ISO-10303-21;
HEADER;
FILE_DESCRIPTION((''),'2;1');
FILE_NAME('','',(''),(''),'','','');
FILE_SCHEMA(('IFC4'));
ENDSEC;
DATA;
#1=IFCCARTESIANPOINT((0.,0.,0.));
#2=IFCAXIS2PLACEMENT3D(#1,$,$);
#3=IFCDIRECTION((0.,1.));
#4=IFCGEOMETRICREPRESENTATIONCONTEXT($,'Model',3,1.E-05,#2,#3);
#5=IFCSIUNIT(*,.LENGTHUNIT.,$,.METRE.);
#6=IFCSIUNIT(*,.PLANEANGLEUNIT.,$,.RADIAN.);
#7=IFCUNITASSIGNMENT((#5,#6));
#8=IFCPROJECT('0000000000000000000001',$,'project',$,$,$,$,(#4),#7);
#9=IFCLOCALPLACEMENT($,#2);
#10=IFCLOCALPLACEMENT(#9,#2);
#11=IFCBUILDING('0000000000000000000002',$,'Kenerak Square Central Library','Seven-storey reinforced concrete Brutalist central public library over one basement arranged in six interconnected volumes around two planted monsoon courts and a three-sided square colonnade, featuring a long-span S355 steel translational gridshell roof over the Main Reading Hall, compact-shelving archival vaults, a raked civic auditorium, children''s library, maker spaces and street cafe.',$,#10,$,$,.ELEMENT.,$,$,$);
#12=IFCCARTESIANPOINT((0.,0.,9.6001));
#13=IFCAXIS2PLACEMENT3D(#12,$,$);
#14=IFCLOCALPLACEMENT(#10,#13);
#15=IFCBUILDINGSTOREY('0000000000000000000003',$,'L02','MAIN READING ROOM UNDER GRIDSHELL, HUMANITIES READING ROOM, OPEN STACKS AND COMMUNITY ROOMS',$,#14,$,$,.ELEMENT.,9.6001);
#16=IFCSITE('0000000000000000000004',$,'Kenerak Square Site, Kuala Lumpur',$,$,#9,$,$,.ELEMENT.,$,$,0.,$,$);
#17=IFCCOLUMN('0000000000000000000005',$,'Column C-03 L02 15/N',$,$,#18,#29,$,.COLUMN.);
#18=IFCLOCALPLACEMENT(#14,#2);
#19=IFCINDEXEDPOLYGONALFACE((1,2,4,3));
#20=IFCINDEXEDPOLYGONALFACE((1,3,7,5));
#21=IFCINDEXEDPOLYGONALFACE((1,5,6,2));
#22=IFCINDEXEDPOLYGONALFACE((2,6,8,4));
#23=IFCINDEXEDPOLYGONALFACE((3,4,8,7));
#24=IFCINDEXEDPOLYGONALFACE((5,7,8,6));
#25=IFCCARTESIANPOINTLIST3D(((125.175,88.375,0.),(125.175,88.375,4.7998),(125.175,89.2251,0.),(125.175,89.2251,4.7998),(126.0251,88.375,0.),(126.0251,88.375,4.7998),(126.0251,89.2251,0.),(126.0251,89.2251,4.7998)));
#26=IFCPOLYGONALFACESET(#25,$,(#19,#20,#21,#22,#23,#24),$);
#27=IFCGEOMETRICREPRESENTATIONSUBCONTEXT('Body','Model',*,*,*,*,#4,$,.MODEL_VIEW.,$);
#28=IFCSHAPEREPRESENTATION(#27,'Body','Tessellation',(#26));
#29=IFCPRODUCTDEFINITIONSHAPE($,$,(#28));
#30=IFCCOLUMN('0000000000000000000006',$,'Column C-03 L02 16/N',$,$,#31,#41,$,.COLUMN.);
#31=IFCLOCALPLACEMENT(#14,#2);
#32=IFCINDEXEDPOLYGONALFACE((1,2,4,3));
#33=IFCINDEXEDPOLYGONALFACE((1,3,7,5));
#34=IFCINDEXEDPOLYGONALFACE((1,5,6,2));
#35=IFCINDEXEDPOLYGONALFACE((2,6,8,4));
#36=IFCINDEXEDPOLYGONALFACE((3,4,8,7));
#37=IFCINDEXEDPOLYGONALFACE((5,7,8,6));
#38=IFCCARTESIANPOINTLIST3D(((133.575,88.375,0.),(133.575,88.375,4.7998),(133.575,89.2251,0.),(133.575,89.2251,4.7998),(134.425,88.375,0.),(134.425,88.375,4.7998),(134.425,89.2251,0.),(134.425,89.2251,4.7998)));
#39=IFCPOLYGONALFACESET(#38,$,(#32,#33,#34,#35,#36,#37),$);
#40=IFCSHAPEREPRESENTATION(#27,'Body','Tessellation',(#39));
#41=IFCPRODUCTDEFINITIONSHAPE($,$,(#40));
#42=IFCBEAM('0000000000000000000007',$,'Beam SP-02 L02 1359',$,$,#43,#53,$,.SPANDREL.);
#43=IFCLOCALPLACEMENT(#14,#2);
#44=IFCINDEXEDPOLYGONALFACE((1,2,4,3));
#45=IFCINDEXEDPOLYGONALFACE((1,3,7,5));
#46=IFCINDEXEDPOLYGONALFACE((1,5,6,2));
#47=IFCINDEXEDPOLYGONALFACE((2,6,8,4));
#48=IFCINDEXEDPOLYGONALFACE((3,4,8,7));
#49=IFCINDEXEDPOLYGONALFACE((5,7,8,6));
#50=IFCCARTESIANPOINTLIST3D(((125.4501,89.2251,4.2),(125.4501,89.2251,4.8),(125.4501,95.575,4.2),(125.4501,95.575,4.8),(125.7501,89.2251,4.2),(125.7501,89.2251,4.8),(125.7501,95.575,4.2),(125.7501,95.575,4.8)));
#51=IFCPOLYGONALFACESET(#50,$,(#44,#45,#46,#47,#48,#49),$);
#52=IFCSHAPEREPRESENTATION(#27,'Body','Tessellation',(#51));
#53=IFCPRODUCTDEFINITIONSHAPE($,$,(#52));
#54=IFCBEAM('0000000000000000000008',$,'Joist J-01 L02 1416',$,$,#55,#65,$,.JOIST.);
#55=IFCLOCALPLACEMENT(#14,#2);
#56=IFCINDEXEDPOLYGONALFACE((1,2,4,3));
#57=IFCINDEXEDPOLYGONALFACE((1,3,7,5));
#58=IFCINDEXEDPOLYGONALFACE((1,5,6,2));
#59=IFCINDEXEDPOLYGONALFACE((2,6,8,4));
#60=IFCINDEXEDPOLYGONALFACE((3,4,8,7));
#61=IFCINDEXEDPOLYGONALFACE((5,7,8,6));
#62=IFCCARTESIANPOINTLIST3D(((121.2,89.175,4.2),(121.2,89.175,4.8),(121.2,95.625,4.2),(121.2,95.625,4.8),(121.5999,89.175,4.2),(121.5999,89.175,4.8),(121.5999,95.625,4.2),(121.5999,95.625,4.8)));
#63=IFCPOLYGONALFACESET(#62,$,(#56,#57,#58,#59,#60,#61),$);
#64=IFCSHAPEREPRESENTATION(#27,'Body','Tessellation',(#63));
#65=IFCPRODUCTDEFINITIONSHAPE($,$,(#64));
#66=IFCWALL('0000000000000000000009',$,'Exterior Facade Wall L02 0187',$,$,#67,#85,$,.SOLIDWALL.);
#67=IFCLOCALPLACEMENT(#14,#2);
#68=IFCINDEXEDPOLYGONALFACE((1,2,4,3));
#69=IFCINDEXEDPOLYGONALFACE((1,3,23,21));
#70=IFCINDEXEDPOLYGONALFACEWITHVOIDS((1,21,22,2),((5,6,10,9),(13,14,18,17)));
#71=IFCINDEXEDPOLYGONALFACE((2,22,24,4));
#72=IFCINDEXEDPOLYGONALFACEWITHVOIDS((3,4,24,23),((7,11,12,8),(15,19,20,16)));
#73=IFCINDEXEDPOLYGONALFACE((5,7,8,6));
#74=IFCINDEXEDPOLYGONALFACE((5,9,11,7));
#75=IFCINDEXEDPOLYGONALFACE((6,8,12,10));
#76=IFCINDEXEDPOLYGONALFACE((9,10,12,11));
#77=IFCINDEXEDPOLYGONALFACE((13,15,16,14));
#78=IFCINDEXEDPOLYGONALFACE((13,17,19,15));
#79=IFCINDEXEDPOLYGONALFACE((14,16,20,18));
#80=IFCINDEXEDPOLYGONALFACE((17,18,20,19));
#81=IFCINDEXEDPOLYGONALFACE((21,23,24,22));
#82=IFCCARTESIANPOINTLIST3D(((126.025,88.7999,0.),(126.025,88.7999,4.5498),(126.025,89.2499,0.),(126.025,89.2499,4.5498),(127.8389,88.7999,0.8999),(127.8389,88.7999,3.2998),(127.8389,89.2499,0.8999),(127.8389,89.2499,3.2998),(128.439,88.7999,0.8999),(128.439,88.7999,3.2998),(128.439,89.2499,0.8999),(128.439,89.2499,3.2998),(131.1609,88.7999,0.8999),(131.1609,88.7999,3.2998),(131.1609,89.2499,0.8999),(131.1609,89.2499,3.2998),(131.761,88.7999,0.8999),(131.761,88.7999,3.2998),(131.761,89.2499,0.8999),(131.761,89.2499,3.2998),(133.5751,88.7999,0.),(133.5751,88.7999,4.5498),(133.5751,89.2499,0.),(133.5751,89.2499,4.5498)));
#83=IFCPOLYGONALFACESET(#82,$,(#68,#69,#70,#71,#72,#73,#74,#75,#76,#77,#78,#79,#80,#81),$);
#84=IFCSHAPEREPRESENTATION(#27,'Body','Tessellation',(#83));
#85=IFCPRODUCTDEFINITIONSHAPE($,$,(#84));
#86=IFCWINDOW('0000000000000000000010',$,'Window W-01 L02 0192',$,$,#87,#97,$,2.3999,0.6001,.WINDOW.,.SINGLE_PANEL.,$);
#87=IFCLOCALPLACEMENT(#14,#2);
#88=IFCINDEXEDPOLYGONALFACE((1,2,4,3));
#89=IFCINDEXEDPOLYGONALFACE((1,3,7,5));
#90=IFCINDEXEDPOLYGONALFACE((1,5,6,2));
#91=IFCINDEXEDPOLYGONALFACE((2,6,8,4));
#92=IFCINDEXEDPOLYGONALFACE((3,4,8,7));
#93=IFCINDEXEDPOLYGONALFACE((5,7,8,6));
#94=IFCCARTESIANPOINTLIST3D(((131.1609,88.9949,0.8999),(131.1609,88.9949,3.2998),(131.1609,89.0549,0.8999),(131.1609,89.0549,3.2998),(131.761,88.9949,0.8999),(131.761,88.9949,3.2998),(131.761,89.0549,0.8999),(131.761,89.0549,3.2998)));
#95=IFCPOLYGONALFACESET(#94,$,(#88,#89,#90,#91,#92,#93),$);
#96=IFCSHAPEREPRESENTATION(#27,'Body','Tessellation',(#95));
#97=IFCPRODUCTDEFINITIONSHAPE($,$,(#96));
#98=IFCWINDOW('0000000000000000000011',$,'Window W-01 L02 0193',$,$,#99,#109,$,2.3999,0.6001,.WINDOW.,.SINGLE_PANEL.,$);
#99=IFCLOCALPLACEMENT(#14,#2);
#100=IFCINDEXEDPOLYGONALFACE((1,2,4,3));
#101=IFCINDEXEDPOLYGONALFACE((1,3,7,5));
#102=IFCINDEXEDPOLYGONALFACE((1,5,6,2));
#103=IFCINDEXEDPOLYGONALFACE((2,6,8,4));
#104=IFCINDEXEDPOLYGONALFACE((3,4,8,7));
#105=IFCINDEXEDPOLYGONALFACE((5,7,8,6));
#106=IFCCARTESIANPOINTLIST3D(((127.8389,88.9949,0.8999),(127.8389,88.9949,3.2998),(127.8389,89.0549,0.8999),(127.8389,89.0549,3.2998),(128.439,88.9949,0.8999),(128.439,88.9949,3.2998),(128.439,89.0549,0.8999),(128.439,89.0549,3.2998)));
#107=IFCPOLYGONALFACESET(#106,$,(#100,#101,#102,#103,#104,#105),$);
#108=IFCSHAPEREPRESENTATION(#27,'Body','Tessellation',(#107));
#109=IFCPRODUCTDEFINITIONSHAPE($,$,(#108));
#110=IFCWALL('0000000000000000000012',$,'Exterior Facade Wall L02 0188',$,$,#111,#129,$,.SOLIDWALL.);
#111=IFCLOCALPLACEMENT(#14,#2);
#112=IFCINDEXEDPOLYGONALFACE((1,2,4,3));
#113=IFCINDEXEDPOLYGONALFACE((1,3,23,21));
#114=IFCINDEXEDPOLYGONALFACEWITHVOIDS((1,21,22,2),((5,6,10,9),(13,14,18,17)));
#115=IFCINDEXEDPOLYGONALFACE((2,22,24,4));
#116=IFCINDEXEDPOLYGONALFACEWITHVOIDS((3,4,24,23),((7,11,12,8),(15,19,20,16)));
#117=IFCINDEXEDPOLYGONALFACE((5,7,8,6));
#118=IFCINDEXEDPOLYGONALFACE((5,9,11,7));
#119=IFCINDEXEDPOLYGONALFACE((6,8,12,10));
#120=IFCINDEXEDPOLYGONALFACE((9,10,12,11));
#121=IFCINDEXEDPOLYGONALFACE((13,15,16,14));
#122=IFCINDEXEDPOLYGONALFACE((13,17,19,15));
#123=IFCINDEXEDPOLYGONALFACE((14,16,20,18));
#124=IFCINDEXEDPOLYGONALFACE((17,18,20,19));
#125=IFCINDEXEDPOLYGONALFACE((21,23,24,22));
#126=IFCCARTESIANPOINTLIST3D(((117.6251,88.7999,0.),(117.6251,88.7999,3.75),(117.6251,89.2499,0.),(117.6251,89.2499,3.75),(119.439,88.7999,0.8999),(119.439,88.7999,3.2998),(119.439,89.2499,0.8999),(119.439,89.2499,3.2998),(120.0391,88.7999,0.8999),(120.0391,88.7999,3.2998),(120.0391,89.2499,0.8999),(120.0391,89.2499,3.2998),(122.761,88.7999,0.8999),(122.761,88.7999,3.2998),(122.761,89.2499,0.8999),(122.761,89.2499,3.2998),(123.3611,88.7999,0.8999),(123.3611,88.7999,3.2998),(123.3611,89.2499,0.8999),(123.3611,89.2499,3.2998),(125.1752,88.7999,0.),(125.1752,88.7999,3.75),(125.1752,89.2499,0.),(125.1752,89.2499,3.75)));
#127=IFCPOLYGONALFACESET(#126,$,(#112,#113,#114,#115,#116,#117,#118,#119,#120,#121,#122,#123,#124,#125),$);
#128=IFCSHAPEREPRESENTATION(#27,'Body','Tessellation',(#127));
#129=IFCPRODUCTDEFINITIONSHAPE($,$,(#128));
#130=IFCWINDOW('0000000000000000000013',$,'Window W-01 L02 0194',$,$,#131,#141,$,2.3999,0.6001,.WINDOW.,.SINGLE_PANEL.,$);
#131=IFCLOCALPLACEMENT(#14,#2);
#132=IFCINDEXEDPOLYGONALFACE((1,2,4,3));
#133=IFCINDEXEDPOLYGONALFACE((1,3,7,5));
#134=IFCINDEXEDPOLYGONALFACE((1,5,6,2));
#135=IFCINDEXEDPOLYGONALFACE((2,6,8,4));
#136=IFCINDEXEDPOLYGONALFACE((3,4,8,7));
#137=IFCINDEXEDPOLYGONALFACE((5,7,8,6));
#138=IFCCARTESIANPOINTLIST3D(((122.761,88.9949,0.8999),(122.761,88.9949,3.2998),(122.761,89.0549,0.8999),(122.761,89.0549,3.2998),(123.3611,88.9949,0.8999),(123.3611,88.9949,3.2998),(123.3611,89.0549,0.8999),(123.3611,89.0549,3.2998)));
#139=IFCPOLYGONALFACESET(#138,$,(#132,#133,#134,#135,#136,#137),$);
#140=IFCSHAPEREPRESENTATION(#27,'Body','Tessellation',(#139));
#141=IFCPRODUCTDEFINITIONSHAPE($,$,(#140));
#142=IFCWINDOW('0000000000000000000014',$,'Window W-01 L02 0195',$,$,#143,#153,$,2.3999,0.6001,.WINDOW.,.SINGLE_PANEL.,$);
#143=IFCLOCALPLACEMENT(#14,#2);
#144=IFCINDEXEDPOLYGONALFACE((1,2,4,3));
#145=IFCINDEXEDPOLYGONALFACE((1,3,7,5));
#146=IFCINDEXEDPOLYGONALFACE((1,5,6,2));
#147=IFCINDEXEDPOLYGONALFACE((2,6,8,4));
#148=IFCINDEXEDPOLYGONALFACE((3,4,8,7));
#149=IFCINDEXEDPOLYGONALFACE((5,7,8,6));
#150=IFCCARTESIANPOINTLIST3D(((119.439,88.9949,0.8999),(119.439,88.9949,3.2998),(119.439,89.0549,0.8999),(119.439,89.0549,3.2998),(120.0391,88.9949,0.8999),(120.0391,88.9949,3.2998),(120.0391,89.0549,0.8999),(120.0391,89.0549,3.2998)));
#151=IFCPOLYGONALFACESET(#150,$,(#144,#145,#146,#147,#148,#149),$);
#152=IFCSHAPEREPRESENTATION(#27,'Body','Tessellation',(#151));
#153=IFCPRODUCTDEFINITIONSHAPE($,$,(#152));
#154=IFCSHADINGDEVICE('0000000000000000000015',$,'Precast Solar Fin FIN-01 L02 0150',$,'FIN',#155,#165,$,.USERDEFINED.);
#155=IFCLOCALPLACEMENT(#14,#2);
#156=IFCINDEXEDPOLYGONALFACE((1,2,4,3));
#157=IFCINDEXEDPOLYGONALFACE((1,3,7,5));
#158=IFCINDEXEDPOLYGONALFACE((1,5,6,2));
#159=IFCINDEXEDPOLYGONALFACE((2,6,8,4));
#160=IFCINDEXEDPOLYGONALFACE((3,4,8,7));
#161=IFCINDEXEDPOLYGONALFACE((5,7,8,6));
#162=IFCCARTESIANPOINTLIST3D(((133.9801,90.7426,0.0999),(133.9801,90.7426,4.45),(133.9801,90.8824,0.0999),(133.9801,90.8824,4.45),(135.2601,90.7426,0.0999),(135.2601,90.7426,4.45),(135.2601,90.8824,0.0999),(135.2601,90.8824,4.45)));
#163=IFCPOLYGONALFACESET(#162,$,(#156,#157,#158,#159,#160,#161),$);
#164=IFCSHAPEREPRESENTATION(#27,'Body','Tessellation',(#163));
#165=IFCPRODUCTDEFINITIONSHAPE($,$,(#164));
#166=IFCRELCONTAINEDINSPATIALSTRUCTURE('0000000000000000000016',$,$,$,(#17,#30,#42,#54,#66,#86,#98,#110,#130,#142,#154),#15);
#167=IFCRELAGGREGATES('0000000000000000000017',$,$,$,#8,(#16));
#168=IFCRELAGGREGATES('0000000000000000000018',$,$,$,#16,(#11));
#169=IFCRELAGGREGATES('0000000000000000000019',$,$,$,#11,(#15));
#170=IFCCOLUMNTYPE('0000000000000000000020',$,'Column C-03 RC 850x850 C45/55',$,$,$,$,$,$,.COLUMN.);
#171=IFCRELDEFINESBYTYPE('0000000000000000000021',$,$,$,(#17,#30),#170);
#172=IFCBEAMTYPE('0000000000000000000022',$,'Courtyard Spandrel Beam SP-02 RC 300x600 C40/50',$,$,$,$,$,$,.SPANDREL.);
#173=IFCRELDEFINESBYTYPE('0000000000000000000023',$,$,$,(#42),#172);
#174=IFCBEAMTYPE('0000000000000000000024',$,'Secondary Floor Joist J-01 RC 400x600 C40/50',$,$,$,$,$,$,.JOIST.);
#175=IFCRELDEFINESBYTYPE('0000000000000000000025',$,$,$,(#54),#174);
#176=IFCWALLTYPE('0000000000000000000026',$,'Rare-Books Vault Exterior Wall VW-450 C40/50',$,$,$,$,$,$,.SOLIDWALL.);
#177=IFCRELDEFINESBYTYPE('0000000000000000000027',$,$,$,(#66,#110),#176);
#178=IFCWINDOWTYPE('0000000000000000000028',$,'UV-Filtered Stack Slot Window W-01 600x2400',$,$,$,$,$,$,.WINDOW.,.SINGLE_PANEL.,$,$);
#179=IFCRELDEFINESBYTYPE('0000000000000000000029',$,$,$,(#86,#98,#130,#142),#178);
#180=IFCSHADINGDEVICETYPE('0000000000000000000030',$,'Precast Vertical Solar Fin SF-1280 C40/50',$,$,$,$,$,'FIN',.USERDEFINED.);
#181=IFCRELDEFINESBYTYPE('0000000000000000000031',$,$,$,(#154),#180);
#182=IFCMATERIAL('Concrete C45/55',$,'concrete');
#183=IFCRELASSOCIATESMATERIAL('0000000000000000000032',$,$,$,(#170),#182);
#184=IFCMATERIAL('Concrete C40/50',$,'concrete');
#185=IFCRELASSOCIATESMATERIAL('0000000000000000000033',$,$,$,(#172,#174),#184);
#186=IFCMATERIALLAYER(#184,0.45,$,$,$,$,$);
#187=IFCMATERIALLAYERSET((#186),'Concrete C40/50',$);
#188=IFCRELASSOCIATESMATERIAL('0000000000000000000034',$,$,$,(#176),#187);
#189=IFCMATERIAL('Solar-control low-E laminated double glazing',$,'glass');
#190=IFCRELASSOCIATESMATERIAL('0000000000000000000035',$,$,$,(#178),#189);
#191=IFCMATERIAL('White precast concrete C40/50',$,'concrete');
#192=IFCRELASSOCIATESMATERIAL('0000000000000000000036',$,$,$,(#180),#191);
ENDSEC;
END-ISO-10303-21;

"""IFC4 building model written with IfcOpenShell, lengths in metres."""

from ifc_helpers import new_model, si_unit, direction, frame, frame_2d, origin, origin_2d, place, context, subcontext, project, spatial, rectangle, extrude, material, layer, layer_set, material_profile, profile_set, type_object, element, fill, save


model = new_model("IFC4")

# Units and contexts
model_context = context("Model", 3, precision=1e-05, world=origin(), true_north=direction((0.0, 1.0)))
body_context = subcontext(model_context, "Body", "Model", "MODEL_VIEW")
ifc_project = project(units=[si_unit("LENGTHUNIT", "METRE"), si_unit("PLANEANGLEUNIT", "RADIAN")], contexts=[model_context])

# Site, building, storey
site_placement = place(None, origin())
site = spatial("IfcSite", under=ifc_project, at=site_placement, Name="Kenerak Square Site, Kuala Lumpur", CompositionType="ELEMENT", RefElevation=0.0)
building_placement = place(site_placement, origin())
building = spatial("IfcBuilding", under=site, at=building_placement, Name="Kenerak Square Central Library", Description="Seven-storey reinforced concrete Brutalist central public library over one basement arranged in six interconnected volumes around two planted monsoon courts and a three-sided square colonnade, featuring a long-span S355 steel translational gridshell roof over the Main Reading Hall, compact-shelving archival vaults, a raked civic auditorium, children's library, maker spaces and street cafe.", CompositionType="ELEMENT")
storey_placement = place(building_placement, frame((0.0, 0.0, 9.6001)))
storey = spatial("IfcBuildingStorey", under=building, at=storey_placement, Name="L02", Description="MAIN READING ROOM UNDER GRIDSHELL, HUMANITIES READING ROOM, OPEN STACKS AND COMMUNITY ROOMS", CompositionType="ELEMENT", Elevation=9.6001)

# Columns
ifc_material_1 = material(Name="Concrete C45/55", Category="concrete")
ifc_material_profile_1 = material_profile(ifc_material_1, rectangle(XDim=0.8501, YDim=0.8501, at=origin_2d()), Name="RC 850x850")
ifc_profile_set_1 = profile_set([ifc_material_profile_1], Name="Concrete C45/55")
column_type = type_object("IfcColumnType", Name="Column C-03 RC 850x850 C45/55", PredefinedType="COLUMN", material=ifc_profile_set_1)
for number, where, z_axis, x_axis, name in (
    (1, (125.6001, 88.8, 0.0), (0.0, 0.0, 1.0), (1.0, 0.0, 0.0), "Column C-03 L02 15/N"),
    (2, (134.0, 88.8, 0.0), (0.0, 0.0, 1.0), (1.0, 0.0, 0.0), "Column C-03 L02 16/N"),
):
    element("IfcColumn", number, at=place(storey_placement, frame(where, z_axis=z_axis, x_axis=x_axis)), inside=storey, type_object=column_type, Name=name, PredefinedType="COLUMN", context=body_context, shape_type="SweptSolid", body=[
        extrude(rectangle(XDim=0.8501, YDim=0.8501, at=origin_2d()), origin(), (0.0, 0.0, 1.0), 4.7998),
    ])

# Beams
ifc_material_2 = material(Name="Concrete C40/50", Category="concrete")
ifc_material_profile_2 = material_profile(ifc_material_2, rectangle(XDim=0.3, YDim=0.6001, at=origin_2d()), Name="RC 300x600")
ifc_profile_set_2 = profile_set([ifc_material_profile_2], Name="Concrete C40/50")
beam_type_1 = type_object("IfcBeamType", Name="Courtyard Spandrel Beam SP-02 RC 300x600 C40/50", PredefinedType="SPANDREL", material=ifc_profile_set_2)
beam_1_placement = place(storey_placement, frame((125.6001, 89.2251, 4.5), z_axis=(0.0, 1.0, 0.0), x_axis=(-1.0, 0.0, 0.0)))
element("IfcBeam", 3, at=beam_1_placement, inside=storey, type_object=beam_type_1, Name="Beam SP-02 L02 1359", PredefinedType="SPANDREL", context=body_context, shape_type="SweptSolid", body=[
    extrude(rectangle(XDim=0.3, YDim=0.6001, at=origin_2d()), origin(), (0.0, 0.0, 1.0), 6.3499),
])
ifc_material_profile_3 = material_profile(ifc_material_2, rectangle(XDim=0.3999, YDim=0.6001, at=origin_2d()), Name="RC 400x600")
ifc_profile_set_3 = profile_set([ifc_material_profile_3], Name="Concrete C40/50")
beam_type_2 = type_object("IfcBeamType", Name="Secondary Floor Joist J-01 RC 400x600 C40/50", PredefinedType="JOIST", material=ifc_profile_set_3)
beam_2_placement = place(storey_placement, frame((121.3999, 89.175, 4.5), z_axis=(0.0, 1.0, 0.0), x_axis=(-1.0, 0.0, 0.0)))
element("IfcBeam", 4, at=beam_2_placement, inside=storey, type_object=beam_type_2, Name="Joist J-01 L02 1416", PredefinedType="JOIST", context=body_context, shape_type="SweptSolid", body=[
    extrude(rectangle(XDim=0.3999, YDim=0.6001, at=origin_2d()), origin(), (0.0, 0.0, 1.0), 6.45),
])

# Walls, openings, windows
ifc_layer = layer(ifc_material_2, 0.45)
ifc_layer_set = layer_set([ifc_layer], Name="Concrete C40/50")
wall_type = type_object("IfcWallType", Name="Rare-Books Vault Exterior Wall VW-450 C40/50", PredefinedType="SOLIDWALL", material=ifc_layer_set)
wall_1_placement = place(storey_placement, frame((133.575, 89.0249, 0.0), z_axis=(0.0, 0.0, 1.0), x_axis=(-1.0, 0.0, 0.0)))
wall_1 = element("IfcWall", 5, at=wall_1_placement, inside=storey, type_object=wall_type, Name="Exterior Facade Wall L02 0187", PredefinedType="SOLIDWALL", context=body_context, shape_type="SweptSolid", body=[
    extrude(rectangle(XDim=7.55, YDim=0.45, at=frame_2d((3.7749, 0.0))), origin(), (0.0, 0.0, 1.0), 4.5498),
])
opening_1_placement = place(wall_1_placement, frame((1.814, 0.0, 0.8999)))
opening_1 = element("IfcOpeningElement", 6, at=opening_1_placement, cuts=wall_1, PredefinedType="OPENING", context=body_context, shape_type="SweptSolid", body=[
    extrude(rectangle(XDim=0.6001, YDim=2.3999, at=frame_2d((0.3, 1.2))), frame((0.0, 0.2349, 0.0), z_axis=(0.0, -1.0, 0.0), x_axis=(1.0, 0.0, 0.0)), (0.0, 0.0, 1.0), 0.47),
])
opening_2_placement = place(wall_1_placement, frame((5.136, 0.0, 0.8999)))
opening_2 = element("IfcOpeningElement", 7, at=opening_2_placement, cuts=wall_1, PredefinedType="OPENING", context=body_context, shape_type="SweptSolid", body=[
    extrude(rectangle(XDim=0.6001, YDim=2.3999, at=frame_2d((0.3, 1.2))), frame((0.0, 0.2349, 0.0), z_axis=(0.0, -1.0, 0.0), x_axis=(1.0, 0.0, 0.0)), (0.0, 0.0, 1.0), 0.47),
])
ifc_material_3 = material(Name="Solar-control low-E laminated double glazing", Category="glass")
window_type = type_object("IfcWindowType", Name="UV-Filtered Stack Slot Window W-01 600x2400", PartitioningType="SINGLE_PANEL", PredefinedType="WINDOW", material=ifc_material_3)
window_1_placement = place(opening_1_placement, origin())
window_1 = element("IfcWindow", 8, at=window_1_placement, inside=storey, type_object=window_type, Name="Window W-01 L02 0192", OverallHeight=2.3999, OverallWidth=0.6001, PartitioningType="SINGLE_PANEL", PredefinedType="WINDOW", context=body_context, shape_type="SweptSolid", body=[
    extrude(rectangle(XDim=0.6001, YDim=2.3999, at=frame_2d((0.3, 1.2))), frame((0.0, 0.03, 0.0), z_axis=(0.0, -1.0, 0.0), x_axis=(1.0, 0.0, 0.0)), (0.0, 0.0, 1.0), 0.0601),
])
fill(opening_1, window_1)
window_2_placement = place(opening_2_placement, origin())
window_2 = element("IfcWindow", 9, at=window_2_placement, inside=storey, type_object=window_type, Name="Window W-01 L02 0193", OverallHeight=2.3999, OverallWidth=0.6001, PartitioningType="SINGLE_PANEL", PredefinedType="WINDOW", context=body_context, shape_type="SweptSolid", body=[
    extrude(rectangle(XDim=0.6001, YDim=2.3999, at=frame_2d((0.3, 1.2))), frame((0.0, 0.03, 0.0), z_axis=(0.0, -1.0, 0.0), x_axis=(1.0, 0.0, 0.0)), (0.0, 0.0, 1.0), 0.0601),
])
fill(opening_2, window_2)
wall_2_placement = place(storey_placement, frame((125.175, 89.0249, 0.0), z_axis=(0.0, 0.0, 1.0), x_axis=(-1.0, 0.0, 0.0)))
wall_2 = element("IfcWall", 10, at=wall_2_placement, inside=storey, type_object=wall_type, Name="Exterior Facade Wall L02 0188", PredefinedType="SOLIDWALL", context=body_context, shape_type="SweptSolid", body=[
    extrude(rectangle(XDim=7.55, YDim=0.45, at=frame_2d((3.7749, 0.0))), origin(), (0.0, 0.0, 1.0), 3.75),
])
opening_3_placement = place(wall_2_placement, frame((1.814, 0.0, 0.8999)))
opening_3 = element("IfcOpeningElement", 11, at=opening_3_placement, cuts=wall_2, PredefinedType="OPENING", context=body_context, shape_type="SweptSolid", body=[
    extrude(rectangle(XDim=0.6001, YDim=2.3999, at=frame_2d((0.3, 1.2))), frame((0.0, 0.2349, 0.0), z_axis=(0.0, -1.0, 0.0), x_axis=(1.0, 0.0, 0.0)), (0.0, 0.0, 1.0), 0.47),
])
opening_4_placement = place(wall_2_placement, frame((5.136, 0.0, 0.8999)))
opening_4 = element("IfcOpeningElement", 12, at=opening_4_placement, cuts=wall_2, PredefinedType="OPENING", context=body_context, shape_type="SweptSolid", body=[
    extrude(rectangle(XDim=0.6001, YDim=2.3999, at=frame_2d((0.3, 1.2))), frame((0.0, 0.2349, 0.0), z_axis=(0.0, -1.0, 0.0), x_axis=(1.0, 0.0, 0.0)), (0.0, 0.0, 1.0), 0.47),
])
window_3_placement = place(opening_3_placement, origin())
window_3 = element("IfcWindow", 13, at=window_3_placement, inside=storey, type_object=window_type, Name="Window W-01 L02 0194", OverallHeight=2.3999, OverallWidth=0.6001, PartitioningType="SINGLE_PANEL", PredefinedType="WINDOW", context=body_context, shape_type="SweptSolid", body=[
    extrude(rectangle(XDim=0.6001, YDim=2.3999, at=frame_2d((0.3, 1.2))), frame((0.0, 0.03, 0.0), z_axis=(0.0, -1.0, 0.0), x_axis=(1.0, 0.0, 0.0)), (0.0, 0.0, 1.0), 0.0601),
])
fill(opening_3, window_3)
window_4_placement = place(opening_4_placement, origin())
window_4 = element("IfcWindow", 14, at=window_4_placement, inside=storey, type_object=window_type, Name="Window W-01 L02 0195", OverallHeight=2.3999, OverallWidth=0.6001, PartitioningType="SINGLE_PANEL", PredefinedType="WINDOW", context=body_context, shape_type="SweptSolid", body=[
    extrude(rectangle(XDim=0.6001, YDim=2.3999, at=frame_2d((0.3, 1.2))), frame((0.0, 0.03, 0.0), z_axis=(0.0, -1.0, 0.0), x_axis=(1.0, 0.0, 0.0)), (0.0, 0.0, 1.0), 0.0601),
])
fill(opening_4, window_4)

# Shading device
ifc_material_4 = material(Name="White precast concrete C40/50", Category="concrete")
shading_device_type = type_object("IfcShadingDeviceType", Name="Precast Vertical Solar Fin SF-1280 C40/50", ElementType="FIN", PredefinedType="USERDEFINED", material=ifc_material_4)
for number, where, z_axis, x_axis, name in (
    (15, (134.6201, 90.8125, 0.0999), (0.0, 0.0, 1.0), (0.0, -1.0, 0.0), "Precast Solar Fin FIN-01 L02 0150"),
):
    element("IfcShadingDevice", number, at=place(storey_placement, frame(where, z_axis=z_axis, x_axis=x_axis)), inside=storey, type_object=shading_device_type, Name=name, ObjectType="FIN", PredefinedType="USERDEFINED", context=body_context, shape_type="SweptSolid", body=[
        extrude(rectangle(XDim=0.1399, YDim=1.28, at=origin_2d()), origin(), (0.0, 0.0, 1.0), 4.3501),
    ])

save(model, "model.ifc")
